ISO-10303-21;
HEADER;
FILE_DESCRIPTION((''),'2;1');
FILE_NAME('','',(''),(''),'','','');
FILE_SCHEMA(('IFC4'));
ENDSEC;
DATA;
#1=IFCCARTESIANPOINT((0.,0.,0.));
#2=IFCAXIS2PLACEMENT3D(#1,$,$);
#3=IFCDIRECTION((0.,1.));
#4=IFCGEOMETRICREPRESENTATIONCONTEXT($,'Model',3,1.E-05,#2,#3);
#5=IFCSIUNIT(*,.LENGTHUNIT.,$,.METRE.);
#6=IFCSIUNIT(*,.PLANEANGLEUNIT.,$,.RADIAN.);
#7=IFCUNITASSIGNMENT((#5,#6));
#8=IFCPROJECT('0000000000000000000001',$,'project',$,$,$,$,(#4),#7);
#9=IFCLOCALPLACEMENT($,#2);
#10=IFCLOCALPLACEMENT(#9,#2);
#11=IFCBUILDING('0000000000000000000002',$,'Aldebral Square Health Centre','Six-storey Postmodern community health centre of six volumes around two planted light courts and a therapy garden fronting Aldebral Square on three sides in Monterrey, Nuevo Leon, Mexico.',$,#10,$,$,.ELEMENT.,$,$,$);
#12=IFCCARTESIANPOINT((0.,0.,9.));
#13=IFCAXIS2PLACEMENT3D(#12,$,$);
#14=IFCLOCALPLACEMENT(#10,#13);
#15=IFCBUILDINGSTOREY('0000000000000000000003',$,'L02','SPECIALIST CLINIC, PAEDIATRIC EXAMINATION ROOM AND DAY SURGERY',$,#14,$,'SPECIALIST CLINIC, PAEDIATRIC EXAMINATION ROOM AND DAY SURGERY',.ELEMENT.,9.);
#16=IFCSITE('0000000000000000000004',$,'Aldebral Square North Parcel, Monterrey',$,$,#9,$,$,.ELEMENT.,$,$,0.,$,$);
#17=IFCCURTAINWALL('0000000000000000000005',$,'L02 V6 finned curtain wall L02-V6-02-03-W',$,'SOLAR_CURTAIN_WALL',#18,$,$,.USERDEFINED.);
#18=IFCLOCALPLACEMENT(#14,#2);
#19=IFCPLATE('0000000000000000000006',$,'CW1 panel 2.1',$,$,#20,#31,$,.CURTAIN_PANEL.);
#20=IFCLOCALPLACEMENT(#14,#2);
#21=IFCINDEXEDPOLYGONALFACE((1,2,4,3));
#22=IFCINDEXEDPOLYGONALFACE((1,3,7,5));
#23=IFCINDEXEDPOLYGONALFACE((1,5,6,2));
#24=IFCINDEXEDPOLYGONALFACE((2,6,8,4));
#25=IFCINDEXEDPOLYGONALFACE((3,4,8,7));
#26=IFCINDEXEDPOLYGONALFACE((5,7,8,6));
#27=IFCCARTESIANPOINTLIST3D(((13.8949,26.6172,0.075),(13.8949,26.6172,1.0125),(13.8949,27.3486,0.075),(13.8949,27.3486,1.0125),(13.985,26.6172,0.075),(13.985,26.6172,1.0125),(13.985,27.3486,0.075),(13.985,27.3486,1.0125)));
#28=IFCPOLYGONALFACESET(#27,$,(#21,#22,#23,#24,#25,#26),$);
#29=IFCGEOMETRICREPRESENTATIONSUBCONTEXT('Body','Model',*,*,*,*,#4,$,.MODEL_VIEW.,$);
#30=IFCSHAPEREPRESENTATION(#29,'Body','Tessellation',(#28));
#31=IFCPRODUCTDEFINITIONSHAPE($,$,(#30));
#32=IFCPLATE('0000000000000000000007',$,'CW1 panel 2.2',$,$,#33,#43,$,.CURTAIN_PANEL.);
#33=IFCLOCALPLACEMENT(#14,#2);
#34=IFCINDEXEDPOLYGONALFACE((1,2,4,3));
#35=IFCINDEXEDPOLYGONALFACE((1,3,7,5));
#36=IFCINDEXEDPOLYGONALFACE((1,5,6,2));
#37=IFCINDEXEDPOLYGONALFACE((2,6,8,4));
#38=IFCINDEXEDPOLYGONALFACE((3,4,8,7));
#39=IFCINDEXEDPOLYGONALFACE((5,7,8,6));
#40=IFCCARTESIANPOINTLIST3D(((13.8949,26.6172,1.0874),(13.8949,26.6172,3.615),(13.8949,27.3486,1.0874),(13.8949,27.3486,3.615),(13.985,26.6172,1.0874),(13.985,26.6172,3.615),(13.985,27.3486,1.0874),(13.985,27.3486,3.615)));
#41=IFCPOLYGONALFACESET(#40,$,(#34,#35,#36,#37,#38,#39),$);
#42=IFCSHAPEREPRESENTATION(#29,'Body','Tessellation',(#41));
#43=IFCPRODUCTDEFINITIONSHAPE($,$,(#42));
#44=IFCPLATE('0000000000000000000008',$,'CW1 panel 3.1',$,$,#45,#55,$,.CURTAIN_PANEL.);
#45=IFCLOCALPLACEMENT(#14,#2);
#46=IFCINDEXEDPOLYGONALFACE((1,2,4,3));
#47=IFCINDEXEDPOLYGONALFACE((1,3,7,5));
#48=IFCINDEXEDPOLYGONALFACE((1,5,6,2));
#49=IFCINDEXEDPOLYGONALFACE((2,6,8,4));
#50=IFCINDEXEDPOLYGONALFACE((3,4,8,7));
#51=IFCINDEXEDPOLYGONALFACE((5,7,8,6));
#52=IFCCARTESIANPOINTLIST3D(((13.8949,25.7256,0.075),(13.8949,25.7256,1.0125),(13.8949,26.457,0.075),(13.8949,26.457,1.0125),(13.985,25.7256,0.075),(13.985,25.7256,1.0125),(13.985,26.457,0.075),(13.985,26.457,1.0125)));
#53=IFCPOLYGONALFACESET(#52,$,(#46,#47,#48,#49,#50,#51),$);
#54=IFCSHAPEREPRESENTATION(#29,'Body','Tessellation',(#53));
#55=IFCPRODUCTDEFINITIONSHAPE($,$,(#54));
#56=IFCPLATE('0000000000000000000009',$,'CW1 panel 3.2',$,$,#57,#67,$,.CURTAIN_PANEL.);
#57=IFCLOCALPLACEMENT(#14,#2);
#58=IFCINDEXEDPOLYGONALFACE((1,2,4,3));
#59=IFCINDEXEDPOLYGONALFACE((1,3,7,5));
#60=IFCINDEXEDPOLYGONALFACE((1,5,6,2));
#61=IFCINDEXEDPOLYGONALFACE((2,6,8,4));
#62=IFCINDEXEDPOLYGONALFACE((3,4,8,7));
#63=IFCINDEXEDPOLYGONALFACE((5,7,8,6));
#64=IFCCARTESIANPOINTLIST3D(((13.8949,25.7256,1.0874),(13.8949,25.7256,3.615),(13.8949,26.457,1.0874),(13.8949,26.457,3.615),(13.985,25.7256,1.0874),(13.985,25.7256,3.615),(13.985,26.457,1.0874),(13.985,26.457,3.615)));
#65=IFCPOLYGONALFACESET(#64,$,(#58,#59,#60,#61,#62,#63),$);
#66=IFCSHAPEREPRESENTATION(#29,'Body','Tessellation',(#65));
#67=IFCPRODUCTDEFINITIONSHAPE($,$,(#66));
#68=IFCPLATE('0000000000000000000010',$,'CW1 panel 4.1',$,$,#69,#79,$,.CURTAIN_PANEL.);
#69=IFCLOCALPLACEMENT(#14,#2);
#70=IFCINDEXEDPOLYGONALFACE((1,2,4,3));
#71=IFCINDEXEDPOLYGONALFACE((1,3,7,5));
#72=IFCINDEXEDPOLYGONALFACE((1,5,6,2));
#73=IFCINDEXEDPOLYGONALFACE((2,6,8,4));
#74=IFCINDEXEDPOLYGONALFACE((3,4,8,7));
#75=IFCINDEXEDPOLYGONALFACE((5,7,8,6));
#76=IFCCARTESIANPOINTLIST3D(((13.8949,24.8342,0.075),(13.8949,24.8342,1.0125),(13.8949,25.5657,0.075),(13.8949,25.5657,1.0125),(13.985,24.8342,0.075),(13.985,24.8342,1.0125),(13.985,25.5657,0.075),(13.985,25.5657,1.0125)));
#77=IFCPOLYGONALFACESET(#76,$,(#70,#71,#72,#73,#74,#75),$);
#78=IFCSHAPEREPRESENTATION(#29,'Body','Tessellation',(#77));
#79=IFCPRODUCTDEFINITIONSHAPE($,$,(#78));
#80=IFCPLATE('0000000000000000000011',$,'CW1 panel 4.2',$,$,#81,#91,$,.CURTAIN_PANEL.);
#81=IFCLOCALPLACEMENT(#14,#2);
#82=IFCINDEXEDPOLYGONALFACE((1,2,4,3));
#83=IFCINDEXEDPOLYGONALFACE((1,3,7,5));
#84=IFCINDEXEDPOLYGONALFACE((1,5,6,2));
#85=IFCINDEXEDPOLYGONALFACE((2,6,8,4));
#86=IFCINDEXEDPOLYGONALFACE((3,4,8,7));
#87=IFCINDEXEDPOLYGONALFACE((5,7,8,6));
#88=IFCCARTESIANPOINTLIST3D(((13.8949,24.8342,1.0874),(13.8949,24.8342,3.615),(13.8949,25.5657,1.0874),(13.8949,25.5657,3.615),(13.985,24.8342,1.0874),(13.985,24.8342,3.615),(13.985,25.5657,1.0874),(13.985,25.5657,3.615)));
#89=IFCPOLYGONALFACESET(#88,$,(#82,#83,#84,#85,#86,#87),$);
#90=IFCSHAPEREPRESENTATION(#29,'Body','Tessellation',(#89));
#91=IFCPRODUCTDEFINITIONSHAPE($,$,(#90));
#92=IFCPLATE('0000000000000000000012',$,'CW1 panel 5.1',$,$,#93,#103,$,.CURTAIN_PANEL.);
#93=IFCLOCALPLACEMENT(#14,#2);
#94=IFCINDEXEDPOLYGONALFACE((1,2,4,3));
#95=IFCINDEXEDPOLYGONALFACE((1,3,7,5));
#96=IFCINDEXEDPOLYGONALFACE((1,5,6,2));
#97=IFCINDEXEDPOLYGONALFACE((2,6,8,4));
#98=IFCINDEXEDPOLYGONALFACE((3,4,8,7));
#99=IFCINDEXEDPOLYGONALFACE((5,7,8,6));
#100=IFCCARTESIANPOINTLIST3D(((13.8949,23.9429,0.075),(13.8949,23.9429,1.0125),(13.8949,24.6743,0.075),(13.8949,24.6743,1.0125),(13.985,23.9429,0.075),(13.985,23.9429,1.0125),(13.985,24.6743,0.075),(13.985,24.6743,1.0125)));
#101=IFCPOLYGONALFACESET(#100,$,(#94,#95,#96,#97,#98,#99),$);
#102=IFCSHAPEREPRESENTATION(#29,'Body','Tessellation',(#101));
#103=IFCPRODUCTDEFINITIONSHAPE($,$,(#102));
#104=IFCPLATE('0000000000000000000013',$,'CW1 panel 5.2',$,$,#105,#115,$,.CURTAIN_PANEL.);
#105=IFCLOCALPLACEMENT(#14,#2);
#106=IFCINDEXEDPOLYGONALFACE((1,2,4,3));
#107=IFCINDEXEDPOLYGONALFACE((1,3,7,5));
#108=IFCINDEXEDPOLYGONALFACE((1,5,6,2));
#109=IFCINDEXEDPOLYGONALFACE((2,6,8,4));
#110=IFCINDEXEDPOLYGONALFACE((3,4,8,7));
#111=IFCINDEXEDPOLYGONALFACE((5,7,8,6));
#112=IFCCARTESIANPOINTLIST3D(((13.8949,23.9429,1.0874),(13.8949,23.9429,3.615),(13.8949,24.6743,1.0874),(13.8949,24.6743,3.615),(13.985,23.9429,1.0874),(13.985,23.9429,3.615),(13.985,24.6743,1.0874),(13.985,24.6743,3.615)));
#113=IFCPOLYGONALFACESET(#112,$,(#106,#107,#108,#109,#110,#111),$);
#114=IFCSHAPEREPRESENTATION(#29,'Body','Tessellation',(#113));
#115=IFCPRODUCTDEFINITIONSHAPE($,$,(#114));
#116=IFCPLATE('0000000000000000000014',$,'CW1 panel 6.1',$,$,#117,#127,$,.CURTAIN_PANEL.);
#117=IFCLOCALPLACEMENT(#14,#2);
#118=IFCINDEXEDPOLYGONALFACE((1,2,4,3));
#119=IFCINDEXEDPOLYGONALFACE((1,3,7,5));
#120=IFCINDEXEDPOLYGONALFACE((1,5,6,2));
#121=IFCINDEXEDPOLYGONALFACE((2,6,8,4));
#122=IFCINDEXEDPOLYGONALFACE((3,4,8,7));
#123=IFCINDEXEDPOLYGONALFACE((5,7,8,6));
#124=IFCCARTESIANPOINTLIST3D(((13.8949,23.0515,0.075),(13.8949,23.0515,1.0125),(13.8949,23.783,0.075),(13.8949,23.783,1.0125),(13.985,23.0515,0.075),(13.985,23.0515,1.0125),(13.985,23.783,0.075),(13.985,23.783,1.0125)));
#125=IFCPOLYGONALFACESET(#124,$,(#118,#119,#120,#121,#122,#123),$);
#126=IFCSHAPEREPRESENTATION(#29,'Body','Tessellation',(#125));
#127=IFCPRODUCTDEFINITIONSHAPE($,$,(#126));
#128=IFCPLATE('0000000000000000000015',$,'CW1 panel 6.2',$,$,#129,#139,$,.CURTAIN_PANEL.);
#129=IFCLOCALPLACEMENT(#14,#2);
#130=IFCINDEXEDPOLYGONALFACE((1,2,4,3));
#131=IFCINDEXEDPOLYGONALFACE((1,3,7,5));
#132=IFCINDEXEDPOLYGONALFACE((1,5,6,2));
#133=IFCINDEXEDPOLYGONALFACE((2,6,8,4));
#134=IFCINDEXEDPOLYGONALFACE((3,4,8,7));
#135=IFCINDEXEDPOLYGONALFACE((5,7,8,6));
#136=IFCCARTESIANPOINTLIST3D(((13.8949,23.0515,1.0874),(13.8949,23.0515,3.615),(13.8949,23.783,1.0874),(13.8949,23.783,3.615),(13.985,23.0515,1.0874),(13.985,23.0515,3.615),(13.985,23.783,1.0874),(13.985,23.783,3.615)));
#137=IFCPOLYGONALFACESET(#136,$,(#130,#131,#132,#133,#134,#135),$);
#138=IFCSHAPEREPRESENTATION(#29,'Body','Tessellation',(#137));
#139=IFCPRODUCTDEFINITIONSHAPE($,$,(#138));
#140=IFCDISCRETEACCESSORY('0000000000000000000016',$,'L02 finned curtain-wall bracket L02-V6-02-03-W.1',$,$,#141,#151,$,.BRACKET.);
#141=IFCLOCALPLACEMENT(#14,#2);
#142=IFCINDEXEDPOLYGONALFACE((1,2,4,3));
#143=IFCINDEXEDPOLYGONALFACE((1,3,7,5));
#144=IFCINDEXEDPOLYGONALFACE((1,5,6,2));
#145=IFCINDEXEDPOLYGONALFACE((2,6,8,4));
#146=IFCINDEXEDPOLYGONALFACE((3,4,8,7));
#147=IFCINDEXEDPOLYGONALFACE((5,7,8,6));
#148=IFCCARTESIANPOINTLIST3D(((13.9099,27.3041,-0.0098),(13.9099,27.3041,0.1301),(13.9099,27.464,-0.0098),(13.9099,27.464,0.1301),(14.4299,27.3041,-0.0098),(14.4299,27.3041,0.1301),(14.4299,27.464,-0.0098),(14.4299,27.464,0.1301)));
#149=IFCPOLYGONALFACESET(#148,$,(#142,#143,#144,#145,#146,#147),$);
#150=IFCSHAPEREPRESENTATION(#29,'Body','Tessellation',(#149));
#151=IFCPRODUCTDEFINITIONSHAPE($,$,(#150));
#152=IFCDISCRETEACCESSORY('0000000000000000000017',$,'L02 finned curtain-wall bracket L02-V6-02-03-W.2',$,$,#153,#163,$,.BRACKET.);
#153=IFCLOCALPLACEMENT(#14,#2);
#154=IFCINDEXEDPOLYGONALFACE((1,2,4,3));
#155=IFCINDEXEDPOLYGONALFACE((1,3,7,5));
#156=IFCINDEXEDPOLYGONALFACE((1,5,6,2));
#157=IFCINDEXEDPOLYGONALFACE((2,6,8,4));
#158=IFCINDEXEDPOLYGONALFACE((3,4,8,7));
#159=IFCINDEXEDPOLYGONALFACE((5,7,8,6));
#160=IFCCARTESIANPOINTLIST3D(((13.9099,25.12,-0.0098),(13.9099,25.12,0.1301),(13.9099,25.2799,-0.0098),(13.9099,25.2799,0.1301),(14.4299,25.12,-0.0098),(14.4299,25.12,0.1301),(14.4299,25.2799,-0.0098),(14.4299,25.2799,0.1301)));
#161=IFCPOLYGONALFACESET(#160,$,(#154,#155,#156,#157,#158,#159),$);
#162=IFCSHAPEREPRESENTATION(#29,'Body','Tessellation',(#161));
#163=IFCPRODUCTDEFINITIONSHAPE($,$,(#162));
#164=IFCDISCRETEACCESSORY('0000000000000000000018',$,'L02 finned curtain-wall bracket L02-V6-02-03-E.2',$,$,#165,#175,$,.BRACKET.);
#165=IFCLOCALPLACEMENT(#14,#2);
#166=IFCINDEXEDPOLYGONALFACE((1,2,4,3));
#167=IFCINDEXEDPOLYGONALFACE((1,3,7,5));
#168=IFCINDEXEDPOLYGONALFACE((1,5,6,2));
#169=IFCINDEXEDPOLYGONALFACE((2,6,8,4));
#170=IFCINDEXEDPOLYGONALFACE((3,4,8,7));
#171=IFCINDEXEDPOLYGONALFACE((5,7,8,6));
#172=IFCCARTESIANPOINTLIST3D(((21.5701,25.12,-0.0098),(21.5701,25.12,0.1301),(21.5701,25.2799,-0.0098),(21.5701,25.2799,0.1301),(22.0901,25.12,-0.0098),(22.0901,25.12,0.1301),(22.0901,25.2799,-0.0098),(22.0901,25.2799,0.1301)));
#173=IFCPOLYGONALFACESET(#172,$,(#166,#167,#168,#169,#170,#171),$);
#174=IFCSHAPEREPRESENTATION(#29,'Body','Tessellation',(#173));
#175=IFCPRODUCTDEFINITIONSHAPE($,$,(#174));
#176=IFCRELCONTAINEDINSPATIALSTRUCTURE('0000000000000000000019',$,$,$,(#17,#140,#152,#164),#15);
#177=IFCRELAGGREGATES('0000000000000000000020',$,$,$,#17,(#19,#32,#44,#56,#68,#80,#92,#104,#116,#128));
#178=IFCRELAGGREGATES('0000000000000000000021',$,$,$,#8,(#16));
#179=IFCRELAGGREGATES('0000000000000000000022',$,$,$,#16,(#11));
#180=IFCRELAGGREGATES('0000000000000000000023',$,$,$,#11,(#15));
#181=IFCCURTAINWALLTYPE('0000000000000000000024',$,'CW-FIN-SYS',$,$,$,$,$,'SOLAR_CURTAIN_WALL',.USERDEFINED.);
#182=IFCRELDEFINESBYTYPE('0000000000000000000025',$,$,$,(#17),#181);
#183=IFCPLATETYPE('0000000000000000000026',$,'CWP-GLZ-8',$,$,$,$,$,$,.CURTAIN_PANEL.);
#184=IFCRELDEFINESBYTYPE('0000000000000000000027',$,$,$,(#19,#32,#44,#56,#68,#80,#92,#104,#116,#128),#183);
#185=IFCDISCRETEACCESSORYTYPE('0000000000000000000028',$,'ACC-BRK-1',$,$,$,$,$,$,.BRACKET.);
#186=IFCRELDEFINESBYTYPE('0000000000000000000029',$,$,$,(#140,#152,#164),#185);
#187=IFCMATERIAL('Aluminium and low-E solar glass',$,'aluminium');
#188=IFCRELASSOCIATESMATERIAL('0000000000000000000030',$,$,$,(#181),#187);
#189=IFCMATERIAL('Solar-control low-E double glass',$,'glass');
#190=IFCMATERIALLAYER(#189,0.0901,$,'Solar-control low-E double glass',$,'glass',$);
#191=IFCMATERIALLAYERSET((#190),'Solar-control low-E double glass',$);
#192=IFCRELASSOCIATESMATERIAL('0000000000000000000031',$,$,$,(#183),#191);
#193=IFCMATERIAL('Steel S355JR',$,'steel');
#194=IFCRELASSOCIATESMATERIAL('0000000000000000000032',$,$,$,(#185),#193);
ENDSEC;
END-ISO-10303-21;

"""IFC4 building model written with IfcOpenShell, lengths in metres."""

from ifc_helpers import new_model, si_unit, direction, frame, origin, origin_2d, place, context, subcontext, project, spatial, rectangle, extrude, material, layer, layer_set, type_object, element, aggregate, save


model = new_model("IFC4")

# Units and contexts
model_context = context("Model", 3, precision=1e-05, world=origin(), true_north=direction((0.0, 1.0)))
body_context = subcontext(model_context, "Body", "Model", "MODEL_VIEW")
ifc_project = project(units=[si_unit("LENGTHUNIT", "METRE"), si_unit("PLANEANGLEUNIT", "RADIAN")], contexts=[model_context])

# Site, building, storey
site_placement = place(None, origin())
site = spatial("IfcSite", under=ifc_project, at=site_placement, Name="Aldebral Square North Parcel, Monterrey", CompositionType="ELEMENT", RefElevation=0.0)
building_placement = place(site_placement, origin())
building = spatial("IfcBuilding", under=site, at=building_placement, Name="Aldebral Square Health Centre", Description="Six-storey Postmodern community health centre of six volumes around two planted light courts and a therapy garden fronting Aldebral Square on three sides in Monterrey, Nuevo Leon, Mexico.", CompositionType="ELEMENT")
storey_placement = place(building_placement, frame((0.0, 0.0, 9.0)))
storey = spatial("IfcBuildingStorey", under=building, at=storey_placement, Name="L02", Description="SPECIALIST CLINIC, PAEDIATRIC EXAMINATION ROOM AND DAY SURGERY", LongName="SPECIALIST CLINIC, PAEDIATRIC EXAMINATION ROOM AND DAY SURGERY", CompositionType="ELEMENT", Elevation=9.0)

# Curtain wall, plates
ifc_material_1 = material(Name="Aluminium and low-E solar glass", Category="aluminium")
curtain_wall_type = type_object("IfcCurtainWallType", Name="CW-FIN-SYS", ElementType="SOLAR_CURTAIN_WALL", PredefinedType="USERDEFINED", material=ifc_material_1)
curtain_wall_placement = place(storey_placement, origin())
curtain_wall = element("IfcCurtainWall", 1, at=curtain_wall_placement, inside=storey, type_object=curtain_wall_type, Name="L02 V6 finned curtain wall L02-V6-02-03-W", ObjectType="SOLAR_CURTAIN_WALL", PredefinedType="USERDEFINED")
ifc_material_2 = material(Name="Solar-control low-E double glass", Category="glass")
ifc_layer = layer(ifc_material_2, 0.0901, Name="Solar-control low-E double glass", Category="glass")
ifc_layer_set = layer_set([ifc_layer], Name="Solar-control low-E double glass")
plate_type = type_object("IfcPlateType", Name="CWP-GLZ-8", PredefinedType="CURTAIN_PANEL", material=ifc_layer_set)
plate_1_placement = place(storey_placement, frame((13.9399, 26.9829, 0.075), z_axis=(0.0, 0.0, 1.0), x_axis=(0.0, -1.0, 0.0)))
plate_1 = element("IfcPlate", 2, at=plate_1_placement, type_object=plate_type, Name="CW1 panel 2.1", PredefinedType="CURTAIN_PANEL", context=body_context, shape_type="SweptSolid", body=[
    extrude(rectangle(XDim=0.7314, YDim=0.0901, at=origin_2d()), origin(), (0.0, 0.0, 1.0), 0.9375),
])
plate_2_placement = place(storey_placement, frame((13.9399, 26.9829, 1.0874), z_axis=(0.0, 0.0, 1.0), x_axis=(0.0, -1.0, 0.0)))
plate_2 = element("IfcPlate", 3, at=plate_2_placement, type_object=plate_type, Name="CW1 panel 2.2", PredefinedType="CURTAIN_PANEL", context=body_context, shape_type="SweptSolid", body=[
    extrude(rectangle(XDim=0.7314, YDim=0.0901, at=origin_2d()), origin(), (0.0, 0.0, 1.0), 2.5276),
])
plate_3_placement = place(storey_placement, frame((13.9399, 26.0913, 0.075), z_axis=(0.0, 0.0, 1.0), x_axis=(0.0, -1.0, 0.0)))
plate_3 = element("IfcPlate", 4, at=plate_3_placement, type_object=plate_type, Name="CW1 panel 3.1", PredefinedType="CURTAIN_PANEL", context=body_context, shape_type="SweptSolid", body=[
    extrude(rectangle(XDim=0.7314, YDim=0.0901, at=origin_2d()), origin(), (0.0, 0.0, 1.0), 0.9375),
])
plate_4_placement = place(storey_placement, frame((13.9399, 26.0913, 1.0874), z_axis=(0.0, 0.0, 1.0), x_axis=(0.0, -1.0, 0.0)))
plate_4 = element("IfcPlate", 5, at=plate_4_placement, type_object=plate_type, Name="CW1 panel 3.2", PredefinedType="CURTAIN_PANEL", context=body_context, shape_type="SweptSolid", body=[
    extrude(rectangle(XDim=0.7314, YDim=0.0901, at=origin_2d()), origin(), (0.0, 0.0, 1.0), 2.5276),
])
plate_5_placement = place(storey_placement, frame((13.9399, 25.2, 0.075), z_axis=(0.0, 0.0, 1.0), x_axis=(0.0, -1.0, 0.0)))
plate_5 = element("IfcPlate", 6, at=plate_5_placement, type_object=plate_type, Name="CW1 panel 4.1", PredefinedType="CURTAIN_PANEL", context=body_context, shape_type="SweptSolid", body=[
    extrude(rectangle(XDim=0.7314, YDim=0.0901, at=origin_2d()), origin(), (0.0, 0.0, 1.0), 0.9375),
])
plate_6_placement = place(storey_placement, frame((13.9399, 25.2, 1.0874), z_axis=(0.0, 0.0, 1.0), x_axis=(0.0, -1.0, 0.0)))
plate_6 = element("IfcPlate", 7, at=plate_6_placement, type_object=plate_type, Name="CW1 panel 4.2", PredefinedType="CURTAIN_PANEL", context=body_context, shape_type="SweptSolid", body=[
    extrude(rectangle(XDim=0.7314, YDim=0.0901, at=origin_2d()), origin(), (0.0, 0.0, 1.0), 2.5276),
])
plate_7_placement = place(storey_placement, frame((13.9399, 24.3086, 0.075), z_axis=(0.0, 0.0, 1.0), x_axis=(0.0, -1.0, 0.0)))
plate_7 = element("IfcPlate", 8, at=plate_7_placement, type_object=plate_type, Name="CW1 panel 5.1", PredefinedType="CURTAIN_PANEL", context=body_context, shape_type="SweptSolid", body=[
    extrude(rectangle(XDim=0.7314, YDim=0.0901, at=origin_2d()), origin(), (0.0, 0.0, 1.0), 0.9375),
])
plate_8_placement = place(storey_placement, frame((13.9399, 24.3086, 1.0874), z_axis=(0.0, 0.0, 1.0), x_axis=(0.0, -1.0, 0.0)))
plate_8 = element("IfcPlate", 9, at=plate_8_placement, type_object=plate_type, Name="CW1 panel 5.2", PredefinedType="CURTAIN_PANEL", context=body_context, shape_type="SweptSolid", body=[
    extrude(rectangle(XDim=0.7314, YDim=0.0901, at=origin_2d()), origin(), (0.0, 0.0, 1.0), 2.5276),
])
plate_9_placement = place(storey_placement, frame((13.9399, 23.4172, 0.075), z_axis=(0.0, 0.0, 1.0), x_axis=(0.0, -1.0, 0.0)))
plate_9 = element("IfcPlate", 10, at=plate_9_placement, type_object=plate_type, Name="CW1 panel 6.1", PredefinedType="CURTAIN_PANEL", context=body_context, shape_type="SweptSolid", body=[
    extrude(rectangle(XDim=0.7314, YDim=0.0901, at=origin_2d()), origin(), (0.0, 0.0, 1.0), 0.9375),
])
plate_10_placement = place(storey_placement, frame((13.9399, 23.4172, 1.0874), z_axis=(0.0, 0.0, 1.0), x_axis=(0.0, -1.0, 0.0)))
plate_10 = element("IfcPlate", 11, at=plate_10_placement, type_object=plate_type, Name="CW1 panel 6.2", PredefinedType="CURTAIN_PANEL", context=body_context, shape_type="SweptSolid", body=[
    extrude(rectangle(XDim=0.7314, YDim=0.0901, at=origin_2d()), origin(), (0.0, 0.0, 1.0), 2.5276),
])
aggregate(curtain_wall, [plate_1, plate_2, plate_3, plate_4, plate_5, plate_6, plate_7, plate_8, plate_9, plate_10])

# Discrete accessories
ifc_material_3 = material(Name="Steel S355JR", Category="steel")
discrete_accessory_type = type_object("IfcDiscreteAccessoryType", Name="ACC-BRK-1", PredefinedType="BRACKET", material=ifc_material_3)
for number, where, z_axis, x_axis, name in (
    (12, (14.1699, 27.384, -0.0098), (0.0, 0.0, 1.0), (0.0, 1.0, 0.0), "L02 finned curtain-wall bracket L02-V6-02-03-W.1"),
    (13, (14.1699, 25.2, -0.0098), (0.0, 0.0, 1.0), (0.0, 1.0, 0.0), "L02 finned curtain-wall bracket L02-V6-02-03-W.2"),
    (14, (21.8301, 25.2, -0.0098), (0.0, 0.0, 1.0), (0.0, 1.0, 0.0), "L02 finned curtain-wall bracket L02-V6-02-03-E.2"),
):
    element("IfcDiscreteAccessory", number, at=place(storey_placement, frame(where, z_axis=z_axis, x_axis=x_axis)), inside=storey, type_object=discrete_accessory_type, Name=name, PredefinedType="BRACKET", context=body_context, shape_type="SweptSolid", body=[
        extrude(rectangle(XDim=0.1599, YDim=0.52, at=origin_2d()), origin(), (0.0, 0.0, 1.0), 0.1399),
    ])

save(model, "model.ifc")
